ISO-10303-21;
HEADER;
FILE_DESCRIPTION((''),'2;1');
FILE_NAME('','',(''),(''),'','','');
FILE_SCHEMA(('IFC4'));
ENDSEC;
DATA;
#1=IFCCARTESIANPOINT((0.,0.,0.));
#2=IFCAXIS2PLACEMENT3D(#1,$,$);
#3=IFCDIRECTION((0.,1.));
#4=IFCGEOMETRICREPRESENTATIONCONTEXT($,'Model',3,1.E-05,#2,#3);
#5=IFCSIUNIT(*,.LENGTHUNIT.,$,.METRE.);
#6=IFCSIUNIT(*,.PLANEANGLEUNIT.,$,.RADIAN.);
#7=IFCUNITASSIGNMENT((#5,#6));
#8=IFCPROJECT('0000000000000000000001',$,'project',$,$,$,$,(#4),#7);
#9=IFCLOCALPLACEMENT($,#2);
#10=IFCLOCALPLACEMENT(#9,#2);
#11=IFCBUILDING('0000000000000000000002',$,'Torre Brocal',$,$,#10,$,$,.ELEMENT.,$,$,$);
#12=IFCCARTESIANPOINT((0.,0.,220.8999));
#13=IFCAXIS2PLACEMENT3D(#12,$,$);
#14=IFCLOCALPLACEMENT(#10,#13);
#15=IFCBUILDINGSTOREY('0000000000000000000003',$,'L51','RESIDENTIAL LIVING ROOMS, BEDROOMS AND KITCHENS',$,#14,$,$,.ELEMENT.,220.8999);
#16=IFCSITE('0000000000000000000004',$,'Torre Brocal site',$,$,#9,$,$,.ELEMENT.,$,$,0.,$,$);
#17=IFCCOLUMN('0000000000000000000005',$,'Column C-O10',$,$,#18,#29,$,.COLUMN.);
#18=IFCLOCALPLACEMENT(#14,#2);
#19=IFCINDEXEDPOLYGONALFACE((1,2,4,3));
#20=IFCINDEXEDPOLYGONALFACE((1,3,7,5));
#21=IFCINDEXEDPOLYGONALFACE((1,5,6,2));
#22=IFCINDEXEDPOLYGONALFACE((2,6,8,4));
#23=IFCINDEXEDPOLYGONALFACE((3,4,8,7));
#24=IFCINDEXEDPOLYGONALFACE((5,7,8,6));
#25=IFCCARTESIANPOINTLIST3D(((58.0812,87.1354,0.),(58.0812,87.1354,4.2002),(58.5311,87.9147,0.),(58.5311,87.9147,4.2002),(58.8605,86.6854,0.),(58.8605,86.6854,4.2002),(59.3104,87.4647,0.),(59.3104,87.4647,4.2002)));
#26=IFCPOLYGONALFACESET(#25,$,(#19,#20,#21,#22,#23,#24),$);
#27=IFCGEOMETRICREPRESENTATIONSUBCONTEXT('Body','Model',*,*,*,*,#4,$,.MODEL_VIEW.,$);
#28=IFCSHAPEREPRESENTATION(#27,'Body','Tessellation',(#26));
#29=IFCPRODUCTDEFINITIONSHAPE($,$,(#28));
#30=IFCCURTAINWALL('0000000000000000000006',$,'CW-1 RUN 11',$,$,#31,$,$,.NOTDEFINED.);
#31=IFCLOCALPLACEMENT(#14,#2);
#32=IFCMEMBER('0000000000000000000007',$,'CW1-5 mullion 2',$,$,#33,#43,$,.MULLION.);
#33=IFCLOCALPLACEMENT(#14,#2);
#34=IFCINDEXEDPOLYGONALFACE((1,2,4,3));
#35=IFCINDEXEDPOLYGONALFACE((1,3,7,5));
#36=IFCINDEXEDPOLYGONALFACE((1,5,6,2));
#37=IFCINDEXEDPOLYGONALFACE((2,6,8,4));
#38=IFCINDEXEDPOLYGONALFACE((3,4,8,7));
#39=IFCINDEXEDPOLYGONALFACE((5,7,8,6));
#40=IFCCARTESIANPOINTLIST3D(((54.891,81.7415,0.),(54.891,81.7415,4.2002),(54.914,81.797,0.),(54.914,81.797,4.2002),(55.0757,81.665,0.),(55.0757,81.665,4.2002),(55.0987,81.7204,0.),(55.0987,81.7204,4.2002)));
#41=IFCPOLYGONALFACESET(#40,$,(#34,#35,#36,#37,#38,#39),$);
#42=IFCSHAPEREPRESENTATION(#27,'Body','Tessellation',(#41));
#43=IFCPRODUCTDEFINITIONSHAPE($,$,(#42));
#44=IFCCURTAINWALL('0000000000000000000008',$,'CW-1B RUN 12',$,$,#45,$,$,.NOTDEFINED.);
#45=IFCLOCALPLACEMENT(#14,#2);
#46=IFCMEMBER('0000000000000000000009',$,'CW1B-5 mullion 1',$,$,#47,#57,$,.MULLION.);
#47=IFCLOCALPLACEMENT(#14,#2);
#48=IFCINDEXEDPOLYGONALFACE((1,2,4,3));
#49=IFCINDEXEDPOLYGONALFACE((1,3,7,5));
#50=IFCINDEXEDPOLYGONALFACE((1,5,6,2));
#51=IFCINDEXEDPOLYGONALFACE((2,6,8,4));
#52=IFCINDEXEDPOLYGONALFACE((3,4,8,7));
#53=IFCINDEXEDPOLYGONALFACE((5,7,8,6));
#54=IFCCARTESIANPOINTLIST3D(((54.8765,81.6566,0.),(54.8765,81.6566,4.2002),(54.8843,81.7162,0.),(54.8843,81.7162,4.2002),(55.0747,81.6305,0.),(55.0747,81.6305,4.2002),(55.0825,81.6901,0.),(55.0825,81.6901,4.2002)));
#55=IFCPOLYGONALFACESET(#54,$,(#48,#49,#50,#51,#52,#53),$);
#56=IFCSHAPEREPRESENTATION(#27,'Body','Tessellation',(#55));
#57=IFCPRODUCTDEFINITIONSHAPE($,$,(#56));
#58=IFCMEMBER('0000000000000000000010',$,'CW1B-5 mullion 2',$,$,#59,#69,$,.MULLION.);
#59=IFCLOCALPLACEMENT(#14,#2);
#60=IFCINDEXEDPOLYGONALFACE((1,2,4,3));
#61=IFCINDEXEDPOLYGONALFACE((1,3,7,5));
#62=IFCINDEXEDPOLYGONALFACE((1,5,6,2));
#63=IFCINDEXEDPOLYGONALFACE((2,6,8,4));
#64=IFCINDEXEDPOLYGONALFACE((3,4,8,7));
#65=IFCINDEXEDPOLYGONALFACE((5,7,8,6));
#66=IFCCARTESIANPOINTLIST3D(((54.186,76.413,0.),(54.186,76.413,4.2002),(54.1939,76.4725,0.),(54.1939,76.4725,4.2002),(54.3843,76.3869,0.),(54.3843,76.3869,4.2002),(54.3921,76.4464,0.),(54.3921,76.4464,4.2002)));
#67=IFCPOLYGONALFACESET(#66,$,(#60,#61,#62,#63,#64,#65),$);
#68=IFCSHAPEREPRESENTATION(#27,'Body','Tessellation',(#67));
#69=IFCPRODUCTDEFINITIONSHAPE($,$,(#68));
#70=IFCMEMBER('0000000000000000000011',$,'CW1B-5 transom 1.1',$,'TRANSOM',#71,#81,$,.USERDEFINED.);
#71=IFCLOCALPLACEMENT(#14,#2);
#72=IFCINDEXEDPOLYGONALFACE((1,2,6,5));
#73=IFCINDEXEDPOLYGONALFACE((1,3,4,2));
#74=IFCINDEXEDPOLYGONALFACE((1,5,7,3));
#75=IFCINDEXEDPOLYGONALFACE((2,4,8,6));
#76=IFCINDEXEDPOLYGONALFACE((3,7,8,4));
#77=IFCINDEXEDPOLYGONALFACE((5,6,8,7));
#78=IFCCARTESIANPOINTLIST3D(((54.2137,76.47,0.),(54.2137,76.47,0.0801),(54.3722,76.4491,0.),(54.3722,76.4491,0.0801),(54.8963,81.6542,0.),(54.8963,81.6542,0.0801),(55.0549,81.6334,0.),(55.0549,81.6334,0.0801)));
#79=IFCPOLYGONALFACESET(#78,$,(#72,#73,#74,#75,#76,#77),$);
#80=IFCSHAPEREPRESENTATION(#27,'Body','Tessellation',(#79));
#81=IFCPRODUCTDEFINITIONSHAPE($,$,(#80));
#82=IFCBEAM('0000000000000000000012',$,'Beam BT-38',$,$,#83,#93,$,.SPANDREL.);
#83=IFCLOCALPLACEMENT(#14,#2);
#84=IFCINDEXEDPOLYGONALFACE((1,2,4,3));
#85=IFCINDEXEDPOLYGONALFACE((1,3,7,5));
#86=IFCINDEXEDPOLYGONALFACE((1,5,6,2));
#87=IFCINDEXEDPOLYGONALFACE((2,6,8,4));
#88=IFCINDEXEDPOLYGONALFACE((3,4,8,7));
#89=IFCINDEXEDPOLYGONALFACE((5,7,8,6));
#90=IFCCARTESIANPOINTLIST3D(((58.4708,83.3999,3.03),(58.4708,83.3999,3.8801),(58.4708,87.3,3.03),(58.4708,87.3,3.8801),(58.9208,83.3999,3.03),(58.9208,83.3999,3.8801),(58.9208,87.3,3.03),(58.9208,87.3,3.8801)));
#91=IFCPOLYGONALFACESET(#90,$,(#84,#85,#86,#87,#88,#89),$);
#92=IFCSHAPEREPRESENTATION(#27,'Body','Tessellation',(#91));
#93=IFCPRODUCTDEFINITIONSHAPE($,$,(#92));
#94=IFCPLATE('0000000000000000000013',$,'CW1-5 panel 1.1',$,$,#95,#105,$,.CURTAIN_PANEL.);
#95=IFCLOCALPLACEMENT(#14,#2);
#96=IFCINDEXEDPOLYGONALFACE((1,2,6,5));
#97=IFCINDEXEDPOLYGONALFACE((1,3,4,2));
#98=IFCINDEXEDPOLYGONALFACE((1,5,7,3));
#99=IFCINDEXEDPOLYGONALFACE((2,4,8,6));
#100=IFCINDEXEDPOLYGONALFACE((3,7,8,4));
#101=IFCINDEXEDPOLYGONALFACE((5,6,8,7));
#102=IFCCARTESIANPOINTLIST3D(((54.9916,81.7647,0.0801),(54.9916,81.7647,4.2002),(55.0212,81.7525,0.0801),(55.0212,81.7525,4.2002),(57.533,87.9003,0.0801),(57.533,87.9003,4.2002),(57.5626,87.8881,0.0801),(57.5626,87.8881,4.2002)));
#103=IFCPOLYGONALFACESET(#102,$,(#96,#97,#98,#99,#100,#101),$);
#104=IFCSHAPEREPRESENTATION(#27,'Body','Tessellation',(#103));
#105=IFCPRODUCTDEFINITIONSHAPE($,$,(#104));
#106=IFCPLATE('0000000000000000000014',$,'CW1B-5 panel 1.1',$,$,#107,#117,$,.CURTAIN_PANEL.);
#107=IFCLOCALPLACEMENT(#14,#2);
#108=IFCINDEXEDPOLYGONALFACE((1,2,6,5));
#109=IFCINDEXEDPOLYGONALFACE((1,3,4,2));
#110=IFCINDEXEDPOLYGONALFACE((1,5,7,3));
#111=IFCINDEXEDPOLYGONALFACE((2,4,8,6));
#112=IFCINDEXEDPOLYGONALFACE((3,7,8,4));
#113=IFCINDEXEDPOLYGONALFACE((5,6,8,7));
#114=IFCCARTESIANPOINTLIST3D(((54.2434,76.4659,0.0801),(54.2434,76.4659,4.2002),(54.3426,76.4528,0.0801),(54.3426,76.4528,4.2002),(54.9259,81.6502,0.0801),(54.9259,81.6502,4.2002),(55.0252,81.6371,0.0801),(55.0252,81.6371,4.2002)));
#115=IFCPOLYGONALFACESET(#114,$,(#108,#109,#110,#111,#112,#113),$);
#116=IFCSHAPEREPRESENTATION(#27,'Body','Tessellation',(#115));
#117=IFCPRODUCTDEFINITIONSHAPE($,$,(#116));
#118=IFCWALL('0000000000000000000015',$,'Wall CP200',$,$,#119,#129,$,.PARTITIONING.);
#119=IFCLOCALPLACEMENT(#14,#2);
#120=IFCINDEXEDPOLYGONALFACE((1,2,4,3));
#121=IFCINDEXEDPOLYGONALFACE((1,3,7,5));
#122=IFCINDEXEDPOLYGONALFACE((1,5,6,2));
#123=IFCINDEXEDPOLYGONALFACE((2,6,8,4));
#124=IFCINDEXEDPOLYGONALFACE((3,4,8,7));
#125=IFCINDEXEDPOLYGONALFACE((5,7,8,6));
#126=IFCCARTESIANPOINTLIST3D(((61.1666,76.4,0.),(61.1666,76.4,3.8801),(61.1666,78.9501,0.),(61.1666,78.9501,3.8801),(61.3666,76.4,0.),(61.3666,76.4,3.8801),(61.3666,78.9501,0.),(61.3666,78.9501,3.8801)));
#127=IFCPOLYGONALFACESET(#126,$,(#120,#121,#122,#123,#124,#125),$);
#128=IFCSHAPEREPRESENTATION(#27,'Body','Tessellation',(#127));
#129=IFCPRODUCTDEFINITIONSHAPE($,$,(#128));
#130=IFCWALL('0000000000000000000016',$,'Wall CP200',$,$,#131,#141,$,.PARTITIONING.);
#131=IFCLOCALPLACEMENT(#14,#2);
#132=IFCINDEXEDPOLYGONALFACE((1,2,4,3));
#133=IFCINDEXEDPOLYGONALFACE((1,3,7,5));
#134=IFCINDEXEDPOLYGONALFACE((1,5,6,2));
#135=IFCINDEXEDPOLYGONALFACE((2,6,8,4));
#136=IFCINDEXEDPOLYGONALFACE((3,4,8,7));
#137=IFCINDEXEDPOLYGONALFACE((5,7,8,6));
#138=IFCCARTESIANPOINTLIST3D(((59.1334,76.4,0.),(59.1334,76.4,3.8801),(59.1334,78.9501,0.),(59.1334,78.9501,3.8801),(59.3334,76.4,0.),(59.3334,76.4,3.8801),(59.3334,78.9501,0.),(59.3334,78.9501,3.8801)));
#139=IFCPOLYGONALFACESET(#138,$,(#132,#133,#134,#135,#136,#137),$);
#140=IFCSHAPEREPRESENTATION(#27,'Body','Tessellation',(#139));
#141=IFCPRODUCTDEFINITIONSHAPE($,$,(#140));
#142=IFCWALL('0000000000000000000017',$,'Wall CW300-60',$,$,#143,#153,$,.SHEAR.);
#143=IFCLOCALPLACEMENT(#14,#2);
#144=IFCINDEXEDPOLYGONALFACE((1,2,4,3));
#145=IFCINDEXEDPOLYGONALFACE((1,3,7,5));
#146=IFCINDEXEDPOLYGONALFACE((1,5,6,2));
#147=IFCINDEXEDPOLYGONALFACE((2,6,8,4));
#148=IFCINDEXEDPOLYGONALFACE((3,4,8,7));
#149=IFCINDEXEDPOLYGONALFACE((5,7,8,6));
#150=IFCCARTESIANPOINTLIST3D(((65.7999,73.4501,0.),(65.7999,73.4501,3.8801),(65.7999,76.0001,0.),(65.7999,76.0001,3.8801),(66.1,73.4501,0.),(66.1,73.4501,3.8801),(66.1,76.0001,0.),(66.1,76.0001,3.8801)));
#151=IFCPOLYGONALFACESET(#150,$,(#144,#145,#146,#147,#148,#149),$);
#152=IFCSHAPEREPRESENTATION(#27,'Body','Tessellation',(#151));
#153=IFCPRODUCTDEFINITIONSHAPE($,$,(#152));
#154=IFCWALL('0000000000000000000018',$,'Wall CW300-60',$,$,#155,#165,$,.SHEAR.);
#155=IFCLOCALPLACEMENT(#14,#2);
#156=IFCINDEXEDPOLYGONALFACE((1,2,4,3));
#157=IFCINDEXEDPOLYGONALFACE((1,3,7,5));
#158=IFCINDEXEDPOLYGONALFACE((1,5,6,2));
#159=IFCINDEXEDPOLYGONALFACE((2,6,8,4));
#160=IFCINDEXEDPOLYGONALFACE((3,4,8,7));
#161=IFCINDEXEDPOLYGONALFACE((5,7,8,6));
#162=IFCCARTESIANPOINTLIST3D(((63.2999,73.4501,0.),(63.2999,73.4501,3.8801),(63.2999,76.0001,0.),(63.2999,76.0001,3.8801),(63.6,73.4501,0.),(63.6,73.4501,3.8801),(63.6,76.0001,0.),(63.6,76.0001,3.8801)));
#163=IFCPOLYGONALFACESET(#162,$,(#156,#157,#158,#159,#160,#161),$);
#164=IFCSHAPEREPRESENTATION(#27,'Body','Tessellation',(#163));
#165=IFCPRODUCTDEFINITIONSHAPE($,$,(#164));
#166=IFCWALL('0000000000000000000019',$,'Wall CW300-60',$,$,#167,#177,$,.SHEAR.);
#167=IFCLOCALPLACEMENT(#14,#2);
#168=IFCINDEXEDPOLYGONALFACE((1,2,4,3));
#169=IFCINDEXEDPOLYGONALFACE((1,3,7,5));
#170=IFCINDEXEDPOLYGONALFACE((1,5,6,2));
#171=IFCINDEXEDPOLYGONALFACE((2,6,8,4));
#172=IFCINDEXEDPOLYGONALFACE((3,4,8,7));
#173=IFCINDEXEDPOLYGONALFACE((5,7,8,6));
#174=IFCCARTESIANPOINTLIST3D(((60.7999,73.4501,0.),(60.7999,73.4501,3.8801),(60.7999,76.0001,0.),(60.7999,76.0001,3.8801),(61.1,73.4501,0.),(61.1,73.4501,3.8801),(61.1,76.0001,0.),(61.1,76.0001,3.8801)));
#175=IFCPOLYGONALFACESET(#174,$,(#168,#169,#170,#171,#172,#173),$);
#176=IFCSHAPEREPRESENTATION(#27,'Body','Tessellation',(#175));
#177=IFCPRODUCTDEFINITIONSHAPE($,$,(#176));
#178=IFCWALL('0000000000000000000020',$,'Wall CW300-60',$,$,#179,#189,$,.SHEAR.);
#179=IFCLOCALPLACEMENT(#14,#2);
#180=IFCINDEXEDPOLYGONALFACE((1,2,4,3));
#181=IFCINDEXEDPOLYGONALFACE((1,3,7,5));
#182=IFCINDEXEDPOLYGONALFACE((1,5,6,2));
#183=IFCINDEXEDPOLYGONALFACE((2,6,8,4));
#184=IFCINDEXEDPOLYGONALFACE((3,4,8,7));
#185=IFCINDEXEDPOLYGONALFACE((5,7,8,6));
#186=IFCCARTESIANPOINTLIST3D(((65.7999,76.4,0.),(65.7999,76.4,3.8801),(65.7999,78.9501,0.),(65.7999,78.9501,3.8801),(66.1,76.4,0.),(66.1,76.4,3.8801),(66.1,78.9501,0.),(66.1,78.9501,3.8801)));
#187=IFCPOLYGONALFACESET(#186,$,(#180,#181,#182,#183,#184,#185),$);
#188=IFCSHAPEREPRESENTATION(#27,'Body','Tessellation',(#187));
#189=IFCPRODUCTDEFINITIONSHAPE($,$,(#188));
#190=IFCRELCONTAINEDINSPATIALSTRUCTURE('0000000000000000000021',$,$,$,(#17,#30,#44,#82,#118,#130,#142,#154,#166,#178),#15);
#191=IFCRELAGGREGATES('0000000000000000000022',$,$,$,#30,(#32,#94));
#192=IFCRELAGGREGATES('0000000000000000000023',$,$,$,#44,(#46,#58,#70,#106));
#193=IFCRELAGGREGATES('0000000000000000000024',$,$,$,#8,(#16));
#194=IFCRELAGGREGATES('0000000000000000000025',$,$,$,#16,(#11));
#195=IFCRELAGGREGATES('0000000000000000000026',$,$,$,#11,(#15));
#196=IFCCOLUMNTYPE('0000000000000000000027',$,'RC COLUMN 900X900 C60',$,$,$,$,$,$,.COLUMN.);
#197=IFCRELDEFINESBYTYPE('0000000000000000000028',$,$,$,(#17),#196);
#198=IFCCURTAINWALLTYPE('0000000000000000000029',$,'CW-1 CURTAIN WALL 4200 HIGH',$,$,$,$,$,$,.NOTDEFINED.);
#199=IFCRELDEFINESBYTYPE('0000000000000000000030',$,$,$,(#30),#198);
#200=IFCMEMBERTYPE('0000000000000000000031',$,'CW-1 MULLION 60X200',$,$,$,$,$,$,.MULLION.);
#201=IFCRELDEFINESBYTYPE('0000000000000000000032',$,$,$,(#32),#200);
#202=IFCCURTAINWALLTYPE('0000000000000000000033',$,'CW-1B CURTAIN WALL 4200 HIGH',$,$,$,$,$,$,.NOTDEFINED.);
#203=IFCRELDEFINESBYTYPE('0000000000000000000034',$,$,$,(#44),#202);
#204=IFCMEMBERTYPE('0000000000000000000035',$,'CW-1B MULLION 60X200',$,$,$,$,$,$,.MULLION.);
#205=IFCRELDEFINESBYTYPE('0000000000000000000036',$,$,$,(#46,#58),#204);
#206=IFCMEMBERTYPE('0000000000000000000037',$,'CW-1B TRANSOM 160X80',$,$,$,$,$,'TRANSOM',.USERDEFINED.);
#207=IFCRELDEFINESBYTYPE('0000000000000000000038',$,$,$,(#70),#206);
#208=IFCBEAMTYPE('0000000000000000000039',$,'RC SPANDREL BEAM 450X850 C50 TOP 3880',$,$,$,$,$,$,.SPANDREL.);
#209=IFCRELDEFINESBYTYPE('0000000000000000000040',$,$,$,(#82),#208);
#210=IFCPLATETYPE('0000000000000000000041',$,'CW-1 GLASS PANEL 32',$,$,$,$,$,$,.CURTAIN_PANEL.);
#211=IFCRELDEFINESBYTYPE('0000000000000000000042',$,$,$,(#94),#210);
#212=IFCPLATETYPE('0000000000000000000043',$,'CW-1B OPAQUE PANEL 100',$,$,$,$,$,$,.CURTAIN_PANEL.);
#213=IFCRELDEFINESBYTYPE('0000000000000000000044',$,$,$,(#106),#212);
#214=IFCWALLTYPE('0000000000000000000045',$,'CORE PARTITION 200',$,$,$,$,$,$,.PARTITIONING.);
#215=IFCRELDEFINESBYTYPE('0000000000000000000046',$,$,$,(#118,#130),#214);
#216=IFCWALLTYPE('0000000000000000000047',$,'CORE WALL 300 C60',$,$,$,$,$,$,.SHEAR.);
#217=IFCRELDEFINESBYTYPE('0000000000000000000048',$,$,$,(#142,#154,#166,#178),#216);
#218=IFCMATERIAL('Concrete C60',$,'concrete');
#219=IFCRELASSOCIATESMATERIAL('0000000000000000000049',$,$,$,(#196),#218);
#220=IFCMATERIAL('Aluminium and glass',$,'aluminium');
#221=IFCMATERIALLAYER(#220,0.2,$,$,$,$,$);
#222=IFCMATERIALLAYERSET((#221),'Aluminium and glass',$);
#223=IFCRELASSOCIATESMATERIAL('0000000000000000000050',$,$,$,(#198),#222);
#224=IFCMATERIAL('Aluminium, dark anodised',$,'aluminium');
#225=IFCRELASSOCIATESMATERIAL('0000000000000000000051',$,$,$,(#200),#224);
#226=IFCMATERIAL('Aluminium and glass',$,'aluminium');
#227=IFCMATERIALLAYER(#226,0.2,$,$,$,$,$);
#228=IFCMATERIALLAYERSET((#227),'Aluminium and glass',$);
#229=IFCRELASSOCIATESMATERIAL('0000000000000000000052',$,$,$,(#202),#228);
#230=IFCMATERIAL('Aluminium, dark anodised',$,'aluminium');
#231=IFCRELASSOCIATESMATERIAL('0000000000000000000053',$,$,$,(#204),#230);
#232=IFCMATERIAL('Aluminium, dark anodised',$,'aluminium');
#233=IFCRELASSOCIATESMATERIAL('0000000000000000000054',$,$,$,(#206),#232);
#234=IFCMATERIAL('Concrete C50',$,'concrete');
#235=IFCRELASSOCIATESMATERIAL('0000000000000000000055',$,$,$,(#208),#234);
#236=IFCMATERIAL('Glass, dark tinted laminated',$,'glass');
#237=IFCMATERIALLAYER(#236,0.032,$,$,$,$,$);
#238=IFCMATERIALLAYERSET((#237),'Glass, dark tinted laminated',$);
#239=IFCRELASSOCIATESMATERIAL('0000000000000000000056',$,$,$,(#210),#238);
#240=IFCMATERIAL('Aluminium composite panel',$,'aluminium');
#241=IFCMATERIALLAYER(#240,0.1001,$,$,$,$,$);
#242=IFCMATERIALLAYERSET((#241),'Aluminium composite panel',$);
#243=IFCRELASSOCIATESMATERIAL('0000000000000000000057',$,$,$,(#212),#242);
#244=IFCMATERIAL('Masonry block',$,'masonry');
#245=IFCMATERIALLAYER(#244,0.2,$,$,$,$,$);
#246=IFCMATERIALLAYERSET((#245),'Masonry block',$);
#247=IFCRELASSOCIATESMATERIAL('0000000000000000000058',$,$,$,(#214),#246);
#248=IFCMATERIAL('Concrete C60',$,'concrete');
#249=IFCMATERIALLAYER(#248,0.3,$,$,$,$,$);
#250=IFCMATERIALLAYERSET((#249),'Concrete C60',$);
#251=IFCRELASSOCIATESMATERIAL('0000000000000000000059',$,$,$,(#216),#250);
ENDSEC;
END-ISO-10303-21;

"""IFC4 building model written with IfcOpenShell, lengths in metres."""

from ifc_helpers import new_model, si_unit, direction, frame, frame_2d, origin, origin_2d, place, context, subcontext, project, spatial, rectangle, extrude, material, layer, layer_set, material_profile, profile_set, type_object, element, aggregate, save


model = new_model("IFC4")

# Units and contexts
model_context = context("Model", 3, precision=1e-05, world=origin(), true_north=direction((0.0, 1.0)))
body_context = subcontext(model_context, "Body", "Model", "MODEL_VIEW")
ifc_project = project(units=[si_unit("LENGTHUNIT", "METRE"), si_unit("PLANEANGLEUNIT", "RADIAN")], contexts=[model_context])

# Site, building, storey
site_placement = place(None, origin())
site = spatial("IfcSite", under=ifc_project, at=site_placement, Name="Torre Brocal site", CompositionType="ELEMENT", RefElevation=0.0)
building_placement = place(site_placement, origin())
building = spatial("IfcBuilding", under=site, at=building_placement, Name="Torre Brocal", CompositionType="ELEMENT")
storey_placement = place(building_placement, frame((0.0, 0.0, 220.8999)))
storey = spatial("IfcBuildingStorey", under=building, at=storey_placement, Name="L51", Description="RESIDENTIAL LIVING ROOMS, BEDROOMS AND KITCHENS", CompositionType="ELEMENT", Elevation=220.8999)

# Column
ifc_material_1 = material(Name="Concrete C60", Category="concrete")
ifc_material_profile_1 = material_profile(ifc_material_1, rectangle(XDim=0.8999, YDim=0.8999, at=origin_2d()), Name="RC 900X900")
ifc_profile_set_1 = profile_set([ifc_material_profile_1], Name="Concrete C60")
column_type = type_object("IfcColumnType", Name="RC COLUMN 900X900 C60", PredefinedType="COLUMN", material=ifc_profile_set_1)
column_placement = place(storey_placement, frame((58.6958, 87.3, 0.0), z_axis=(0.0, 0.0, 1.0), x_axis=(-0.866025, 0.5, 0.0)))
element("IfcColumn", 1, at=column_placement, inside=storey, type_object=column_type, Name="Column C-O10", PredefinedType="COLUMN", context=body_context, shape_type="SweptSolid", body=[
    extrude(rectangle(XDim=0.8999, YDim=0.8999, at=origin_2d()), origin(), (0.0, 0.0, 1.0), 4.2002),
])

# Curtain wall, member
ifc_material_2 = material(Name="Aluminium and glass", Category="aluminium")
ifc_layer_1 = layer(ifc_material_2, 0.2)
ifc_layer_set_1 = layer_set([ifc_layer_1], Name="Aluminium and glass")
curtain_wall_type_1 = type_object("IfcCurtainWallType", Name="CW-1 CURTAIN WALL 4200 HIGH", PredefinedType="NOTDEFINED", material=ifc_layer_set_1)
curtain_wall_1_placement = place(storey_placement, origin())
curtain_wall_1 = element("IfcCurtainWall", 2, at=curtain_wall_1_placement, inside=storey, type_object=curtain_wall_type_1, Name="CW-1 RUN 11", PredefinedType="NOTDEFINED")
ifc_material_3 = material(Name="Aluminium, dark anodised", Category="aluminium")
ifc_material_profile_2 = material_profile(ifc_material_3, rectangle(XDim=0.2, YDim=0.0601, at=origin_2d()), Name="CW-1 MULLION 60X200")
ifc_profile_set_2 = profile_set([ifc_material_profile_2], Name="Aluminium, dark anodised")
member_type_1 = type_object("IfcMemberType", Name="CW-1 MULLION 60X200", PredefinedType="MULLION", material=ifc_profile_set_2)
member_1_placement = place(storey_placement, frame((54.9949, 81.731, 0.0), z_axis=(0.0, 0.0, 1.0), x_axis=(0.92388, -0.382683, 0.0)))
member_1 = element("IfcMember", 3, at=member_1_placement, type_object=member_type_1, Name="CW1-5 mullion 2", PredefinedType="MULLION", context=body_context, shape_type="SweptSolid", body=[
    extrude(rectangle(XDim=0.2, YDim=0.0601, at=origin_2d()), origin(), (0.0, 0.0, 1.0), 4.2002),
])

# Curtain wall, members
ifc_material_4 = material(Name="Aluminium and glass", Category="aluminium")
ifc_layer_2 = layer(ifc_material_4, 0.2)
ifc_layer_set_2 = layer_set([ifc_layer_2], Name="Aluminium and glass")
curtain_wall_type_2 = type_object("IfcCurtainWallType", Name="CW-1B CURTAIN WALL 4200 HIGH", PredefinedType="NOTDEFINED", material=ifc_layer_set_2)
curtain_wall_2_placement = place(storey_placement, origin())
curtain_wall_2 = element("IfcCurtainWall", 4, at=curtain_wall_2_placement, inside=storey, type_object=curtain_wall_type_2, Name="CW-1B RUN 12", PredefinedType="NOTDEFINED")
ifc_material_5 = material(Name="Aluminium, dark anodised", Category="aluminium")
ifc_material_profile_3 = material_profile(ifc_material_5, rectangle(XDim=0.2, YDim=0.0601, at=origin_2d()), Name="CW-1B MULLION 60X200")
ifc_profile_set_3 = profile_set([ifc_material_profile_3], Name="Aluminium, dark anodised")
member_type_2 = type_object("IfcMemberType", Name="CW-1B MULLION 60X200", PredefinedType="MULLION", material=ifc_profile_set_3)
member_2_placement = place(storey_placement, frame((54.9795, 81.6733, 0.0), z_axis=(0.0, 0.0, 1.0), x_axis=(0.991445, -0.130526, 0.0)))
member_2 = element("IfcMember", 5, at=member_2_placement, type_object=member_type_2, Name="CW1B-5 mullion 1", PredefinedType="MULLION", context=body_context, shape_type="SweptSolid", body=[
    extrude(rectangle(XDim=0.2, YDim=0.0601, at=origin_2d()), origin(), (0.0, 0.0, 1.0), 4.2002),
])
member_3_placement = place(storey_placement, frame((54.2891, 76.4297, 0.0), z_axis=(0.0, 0.0, 1.0), x_axis=(0.991445, -0.130526, 0.0)))
member_3 = element("IfcMember", 6, at=member_3_placement, type_object=member_type_2, Name="CW1B-5 mullion 2", PredefinedType="MULLION", context=body_context, shape_type="SweptSolid", body=[
    extrude(rectangle(XDim=0.2, YDim=0.0601, at=origin_2d()), origin(), (0.0, 0.0, 1.0), 4.2002),
])
ifc_material_6 = material(Name="Aluminium, dark anodised", Category="aluminium")
ifc_material_profile_4 = material_profile(ifc_material_6, rectangle(XDim=0.1599, YDim=0.0801, at=origin_2d()), Name="CW-1B TRANSOM 160X80")
ifc_profile_set_4 = profile_set([ifc_material_profile_4], Name="Aluminium, dark anodised")
member_type_3 = type_object("IfcMemberType", Name="CW-1B TRANSOM 160X80", ElementType="TRANSOM", PredefinedType="USERDEFINED", material=ifc_profile_set_4)
member_4_placement = place(storey_placement, frame((54.9756, 81.6438, 0.04), z_axis=(-0.130543, -0.991443, 0.0), x_axis=(0.991443, -0.130543, 0.0)))
member_4 = element("IfcMember", 7, at=member_4_placement, type_object=member_type_3, Name="CW1B-5 transom 1.1", ObjectType="TRANSOM", PredefinedType="USERDEFINED", context=body_context, shape_type="SweptSolid", body=[
    extrude(rectangle(XDim=0.1599, YDim=0.0801, at=origin_2d()), origin(), (0.0, 0.0, 1.0), 5.229),
])

# Beam
ifc_material_7 = material(Name="Concrete C50", Category="concrete")
ifc_material_profile_5 = material_profile(ifc_material_7, rectangle(XDim=0.45, YDim=0.8501, at=origin_2d()), Name="RC 450X850")
ifc_profile_set_5 = profile_set([ifc_material_profile_5], Name="Concrete C50")
beam_type = type_object("IfcBeamType", Name="RC SPANDREL BEAM 450X850 C50 TOP 3880", PredefinedType="SPANDREL", material=ifc_profile_set_5)
beam_placement = place(storey_placement, frame((58.6958, 87.3, 3.4551), z_axis=(0.0, -1.0, 0.0), x_axis=(1.0, 0.0, 0.0)))
element("IfcBeam", 8, at=beam_placement, inside=storey, type_object=beam_type, Name="Beam BT-38", PredefinedType="SPANDREL", context=body_context, shape_type="SweptSolid", body=[
    extrude(rectangle(XDim=0.45, YDim=0.8501, at=origin_2d()), origin(), (0.0, 0.0, 1.0), 3.9001),
])

# Plates
ifc_material_8 = material(Name="Glass, dark tinted laminated", Category="glass")
ifc_layer_3 = layer(ifc_material_8, 0.032)
ifc_layer_set_3 = layer_set([ifc_layer_3], Name="Glass, dark tinted laminated")
plate_type_1 = type_object("IfcPlateType", Name="CW-1 GLASS PANEL 32", PredefinedType="CURTAIN_PANEL", material=ifc_layer_set_3)
plate_1_placement = place(storey_placement, frame((56.2771, 84.8264, 0.0801), z_axis=(0.0, 0.0, 1.0), x_axis=(-0.382683, -0.92388, 0.0)))
plate_1 = element("IfcPlate", 9, at=plate_1_placement, type_object=plate_type_1, Name="CW1-5 panel 1.1", PredefinedType="CURTAIN_PANEL", context=body_context, shape_type="SweptSolid", body=[
    extrude(rectangle(XDim=6.6411, YDim=0.032, at=origin_2d()), origin(), (0.0, 0.0, 1.0), 4.1201),
])
aggregate(curtain_wall_1, [member_1, plate_1])
ifc_material_9 = material(Name="Aluminium composite panel", Category="aluminium")
ifc_layer_4 = layer(ifc_material_9, 0.1001)
ifc_layer_set_4 = layer_set([ifc_layer_4], Name="Aluminium composite panel")
plate_type_2 = type_object("IfcPlateType", Name="CW-1B OPAQUE PANEL 100", PredefinedType="CURTAIN_PANEL", material=ifc_layer_set_4)
plate_2_placement = place(storey_placement, frame((54.6343, 79.0515, 0.0801), z_axis=(0.0, 0.0, 1.0), x_axis=(-0.130526, -0.991445, 0.0)))
plate_2 = element("IfcPlate", 10, at=plate_2_placement, type_object=plate_type_2, Name="CW1B-5 panel 1.1", PredefinedType="CURTAIN_PANEL", context=body_context, shape_type="SweptSolid", body=[
    extrude(rectangle(XDim=5.229, YDim=0.1001, at=origin_2d()), origin(), (0.0, 0.0, 1.0), 4.1201),
])
aggregate(curtain_wall_2, [member_2, member_3, member_4, plate_2])

# Walls
ifc_material_10 = material(Name="Masonry block", Category="masonry")
ifc_layer_5 = layer(ifc_material_10, 0.2)
ifc_layer_set_5 = layer_set([ifc_layer_5], Name="Masonry block")
wall_type_1 = type_object("IfcWallType", Name="CORE PARTITION 200", PredefinedType="PARTITIONING", material=ifc_layer_set_5)
for number, where, z_axis, x_axis, name in (
    (11, (61.2666, 78.95, 0.0), (0.0, 0.0, 1.0), (0.0, -1.0, 0.0), "Wall CP200"),
    (12, (59.2334, 78.95, 0.0), (0.0, 0.0, 1.0), (0.0, -1.0, 0.0), "Wall CP200"),
):
    element("IfcWall", number, at=place(storey_placement, frame(where, z_axis=z_axis, x_axis=x_axis)), inside=storey, type_object=wall_type_1, Name=name, PredefinedType="PARTITIONING", context=body_context, shape_type="SweptSolid", body=[
        extrude(rectangle(XDim=2.55, YDim=0.2, at=frame_2d((1.2749, 0.0))), origin(), (0.0, 0.0, 1.0), 3.8801),
    ])
ifc_material_11 = material(Name="Concrete C60", Category="concrete")
ifc_layer_6 = layer(ifc_material_11, 0.3)
ifc_layer_set_6 = layer_set([ifc_layer_6], Name="Concrete C60")
wall_type_2 = type_object("IfcWallType", Name="CORE WALL 300 C60", PredefinedType="SHEAR", material=ifc_layer_set_6)
for number, where, z_axis, x_axis, name in (
    (13, (65.95, 76.0, 0.0), (0.0, 0.0, 1.0), (0.0, -1.0, 0.0), "Wall CW300-60"),
    (14, (63.45, 76.0, 0.0), (0.0, 0.0, 1.0), (0.0, -1.0, 0.0), "Wall CW300-60"),
    (15, (60.95, 76.0, 0.0), (0.0, 0.0, 1.0), (0.0, -1.0, 0.0), "Wall CW300-60"),
    (16, (65.95, 78.95, 0.0), (0.0, 0.0, 1.0), (0.0, -1.0, 0.0), "Wall CW300-60"),
):
    element("IfcWall", number, at=place(storey_placement, frame(where, z_axis=z_axis, x_axis=x_axis)), inside=storey, type_object=wall_type_2, Name=name, PredefinedType="SHEAR", context=body_context, shape_type="SweptSolid", body=[
        extrude(rectangle(XDim=2.55, YDim=0.3, at=frame_2d((1.2749, 0.0))), origin(), (0.0, 0.0, 1.0), 3.8801),
    ])

save(model, "model.ifc")
